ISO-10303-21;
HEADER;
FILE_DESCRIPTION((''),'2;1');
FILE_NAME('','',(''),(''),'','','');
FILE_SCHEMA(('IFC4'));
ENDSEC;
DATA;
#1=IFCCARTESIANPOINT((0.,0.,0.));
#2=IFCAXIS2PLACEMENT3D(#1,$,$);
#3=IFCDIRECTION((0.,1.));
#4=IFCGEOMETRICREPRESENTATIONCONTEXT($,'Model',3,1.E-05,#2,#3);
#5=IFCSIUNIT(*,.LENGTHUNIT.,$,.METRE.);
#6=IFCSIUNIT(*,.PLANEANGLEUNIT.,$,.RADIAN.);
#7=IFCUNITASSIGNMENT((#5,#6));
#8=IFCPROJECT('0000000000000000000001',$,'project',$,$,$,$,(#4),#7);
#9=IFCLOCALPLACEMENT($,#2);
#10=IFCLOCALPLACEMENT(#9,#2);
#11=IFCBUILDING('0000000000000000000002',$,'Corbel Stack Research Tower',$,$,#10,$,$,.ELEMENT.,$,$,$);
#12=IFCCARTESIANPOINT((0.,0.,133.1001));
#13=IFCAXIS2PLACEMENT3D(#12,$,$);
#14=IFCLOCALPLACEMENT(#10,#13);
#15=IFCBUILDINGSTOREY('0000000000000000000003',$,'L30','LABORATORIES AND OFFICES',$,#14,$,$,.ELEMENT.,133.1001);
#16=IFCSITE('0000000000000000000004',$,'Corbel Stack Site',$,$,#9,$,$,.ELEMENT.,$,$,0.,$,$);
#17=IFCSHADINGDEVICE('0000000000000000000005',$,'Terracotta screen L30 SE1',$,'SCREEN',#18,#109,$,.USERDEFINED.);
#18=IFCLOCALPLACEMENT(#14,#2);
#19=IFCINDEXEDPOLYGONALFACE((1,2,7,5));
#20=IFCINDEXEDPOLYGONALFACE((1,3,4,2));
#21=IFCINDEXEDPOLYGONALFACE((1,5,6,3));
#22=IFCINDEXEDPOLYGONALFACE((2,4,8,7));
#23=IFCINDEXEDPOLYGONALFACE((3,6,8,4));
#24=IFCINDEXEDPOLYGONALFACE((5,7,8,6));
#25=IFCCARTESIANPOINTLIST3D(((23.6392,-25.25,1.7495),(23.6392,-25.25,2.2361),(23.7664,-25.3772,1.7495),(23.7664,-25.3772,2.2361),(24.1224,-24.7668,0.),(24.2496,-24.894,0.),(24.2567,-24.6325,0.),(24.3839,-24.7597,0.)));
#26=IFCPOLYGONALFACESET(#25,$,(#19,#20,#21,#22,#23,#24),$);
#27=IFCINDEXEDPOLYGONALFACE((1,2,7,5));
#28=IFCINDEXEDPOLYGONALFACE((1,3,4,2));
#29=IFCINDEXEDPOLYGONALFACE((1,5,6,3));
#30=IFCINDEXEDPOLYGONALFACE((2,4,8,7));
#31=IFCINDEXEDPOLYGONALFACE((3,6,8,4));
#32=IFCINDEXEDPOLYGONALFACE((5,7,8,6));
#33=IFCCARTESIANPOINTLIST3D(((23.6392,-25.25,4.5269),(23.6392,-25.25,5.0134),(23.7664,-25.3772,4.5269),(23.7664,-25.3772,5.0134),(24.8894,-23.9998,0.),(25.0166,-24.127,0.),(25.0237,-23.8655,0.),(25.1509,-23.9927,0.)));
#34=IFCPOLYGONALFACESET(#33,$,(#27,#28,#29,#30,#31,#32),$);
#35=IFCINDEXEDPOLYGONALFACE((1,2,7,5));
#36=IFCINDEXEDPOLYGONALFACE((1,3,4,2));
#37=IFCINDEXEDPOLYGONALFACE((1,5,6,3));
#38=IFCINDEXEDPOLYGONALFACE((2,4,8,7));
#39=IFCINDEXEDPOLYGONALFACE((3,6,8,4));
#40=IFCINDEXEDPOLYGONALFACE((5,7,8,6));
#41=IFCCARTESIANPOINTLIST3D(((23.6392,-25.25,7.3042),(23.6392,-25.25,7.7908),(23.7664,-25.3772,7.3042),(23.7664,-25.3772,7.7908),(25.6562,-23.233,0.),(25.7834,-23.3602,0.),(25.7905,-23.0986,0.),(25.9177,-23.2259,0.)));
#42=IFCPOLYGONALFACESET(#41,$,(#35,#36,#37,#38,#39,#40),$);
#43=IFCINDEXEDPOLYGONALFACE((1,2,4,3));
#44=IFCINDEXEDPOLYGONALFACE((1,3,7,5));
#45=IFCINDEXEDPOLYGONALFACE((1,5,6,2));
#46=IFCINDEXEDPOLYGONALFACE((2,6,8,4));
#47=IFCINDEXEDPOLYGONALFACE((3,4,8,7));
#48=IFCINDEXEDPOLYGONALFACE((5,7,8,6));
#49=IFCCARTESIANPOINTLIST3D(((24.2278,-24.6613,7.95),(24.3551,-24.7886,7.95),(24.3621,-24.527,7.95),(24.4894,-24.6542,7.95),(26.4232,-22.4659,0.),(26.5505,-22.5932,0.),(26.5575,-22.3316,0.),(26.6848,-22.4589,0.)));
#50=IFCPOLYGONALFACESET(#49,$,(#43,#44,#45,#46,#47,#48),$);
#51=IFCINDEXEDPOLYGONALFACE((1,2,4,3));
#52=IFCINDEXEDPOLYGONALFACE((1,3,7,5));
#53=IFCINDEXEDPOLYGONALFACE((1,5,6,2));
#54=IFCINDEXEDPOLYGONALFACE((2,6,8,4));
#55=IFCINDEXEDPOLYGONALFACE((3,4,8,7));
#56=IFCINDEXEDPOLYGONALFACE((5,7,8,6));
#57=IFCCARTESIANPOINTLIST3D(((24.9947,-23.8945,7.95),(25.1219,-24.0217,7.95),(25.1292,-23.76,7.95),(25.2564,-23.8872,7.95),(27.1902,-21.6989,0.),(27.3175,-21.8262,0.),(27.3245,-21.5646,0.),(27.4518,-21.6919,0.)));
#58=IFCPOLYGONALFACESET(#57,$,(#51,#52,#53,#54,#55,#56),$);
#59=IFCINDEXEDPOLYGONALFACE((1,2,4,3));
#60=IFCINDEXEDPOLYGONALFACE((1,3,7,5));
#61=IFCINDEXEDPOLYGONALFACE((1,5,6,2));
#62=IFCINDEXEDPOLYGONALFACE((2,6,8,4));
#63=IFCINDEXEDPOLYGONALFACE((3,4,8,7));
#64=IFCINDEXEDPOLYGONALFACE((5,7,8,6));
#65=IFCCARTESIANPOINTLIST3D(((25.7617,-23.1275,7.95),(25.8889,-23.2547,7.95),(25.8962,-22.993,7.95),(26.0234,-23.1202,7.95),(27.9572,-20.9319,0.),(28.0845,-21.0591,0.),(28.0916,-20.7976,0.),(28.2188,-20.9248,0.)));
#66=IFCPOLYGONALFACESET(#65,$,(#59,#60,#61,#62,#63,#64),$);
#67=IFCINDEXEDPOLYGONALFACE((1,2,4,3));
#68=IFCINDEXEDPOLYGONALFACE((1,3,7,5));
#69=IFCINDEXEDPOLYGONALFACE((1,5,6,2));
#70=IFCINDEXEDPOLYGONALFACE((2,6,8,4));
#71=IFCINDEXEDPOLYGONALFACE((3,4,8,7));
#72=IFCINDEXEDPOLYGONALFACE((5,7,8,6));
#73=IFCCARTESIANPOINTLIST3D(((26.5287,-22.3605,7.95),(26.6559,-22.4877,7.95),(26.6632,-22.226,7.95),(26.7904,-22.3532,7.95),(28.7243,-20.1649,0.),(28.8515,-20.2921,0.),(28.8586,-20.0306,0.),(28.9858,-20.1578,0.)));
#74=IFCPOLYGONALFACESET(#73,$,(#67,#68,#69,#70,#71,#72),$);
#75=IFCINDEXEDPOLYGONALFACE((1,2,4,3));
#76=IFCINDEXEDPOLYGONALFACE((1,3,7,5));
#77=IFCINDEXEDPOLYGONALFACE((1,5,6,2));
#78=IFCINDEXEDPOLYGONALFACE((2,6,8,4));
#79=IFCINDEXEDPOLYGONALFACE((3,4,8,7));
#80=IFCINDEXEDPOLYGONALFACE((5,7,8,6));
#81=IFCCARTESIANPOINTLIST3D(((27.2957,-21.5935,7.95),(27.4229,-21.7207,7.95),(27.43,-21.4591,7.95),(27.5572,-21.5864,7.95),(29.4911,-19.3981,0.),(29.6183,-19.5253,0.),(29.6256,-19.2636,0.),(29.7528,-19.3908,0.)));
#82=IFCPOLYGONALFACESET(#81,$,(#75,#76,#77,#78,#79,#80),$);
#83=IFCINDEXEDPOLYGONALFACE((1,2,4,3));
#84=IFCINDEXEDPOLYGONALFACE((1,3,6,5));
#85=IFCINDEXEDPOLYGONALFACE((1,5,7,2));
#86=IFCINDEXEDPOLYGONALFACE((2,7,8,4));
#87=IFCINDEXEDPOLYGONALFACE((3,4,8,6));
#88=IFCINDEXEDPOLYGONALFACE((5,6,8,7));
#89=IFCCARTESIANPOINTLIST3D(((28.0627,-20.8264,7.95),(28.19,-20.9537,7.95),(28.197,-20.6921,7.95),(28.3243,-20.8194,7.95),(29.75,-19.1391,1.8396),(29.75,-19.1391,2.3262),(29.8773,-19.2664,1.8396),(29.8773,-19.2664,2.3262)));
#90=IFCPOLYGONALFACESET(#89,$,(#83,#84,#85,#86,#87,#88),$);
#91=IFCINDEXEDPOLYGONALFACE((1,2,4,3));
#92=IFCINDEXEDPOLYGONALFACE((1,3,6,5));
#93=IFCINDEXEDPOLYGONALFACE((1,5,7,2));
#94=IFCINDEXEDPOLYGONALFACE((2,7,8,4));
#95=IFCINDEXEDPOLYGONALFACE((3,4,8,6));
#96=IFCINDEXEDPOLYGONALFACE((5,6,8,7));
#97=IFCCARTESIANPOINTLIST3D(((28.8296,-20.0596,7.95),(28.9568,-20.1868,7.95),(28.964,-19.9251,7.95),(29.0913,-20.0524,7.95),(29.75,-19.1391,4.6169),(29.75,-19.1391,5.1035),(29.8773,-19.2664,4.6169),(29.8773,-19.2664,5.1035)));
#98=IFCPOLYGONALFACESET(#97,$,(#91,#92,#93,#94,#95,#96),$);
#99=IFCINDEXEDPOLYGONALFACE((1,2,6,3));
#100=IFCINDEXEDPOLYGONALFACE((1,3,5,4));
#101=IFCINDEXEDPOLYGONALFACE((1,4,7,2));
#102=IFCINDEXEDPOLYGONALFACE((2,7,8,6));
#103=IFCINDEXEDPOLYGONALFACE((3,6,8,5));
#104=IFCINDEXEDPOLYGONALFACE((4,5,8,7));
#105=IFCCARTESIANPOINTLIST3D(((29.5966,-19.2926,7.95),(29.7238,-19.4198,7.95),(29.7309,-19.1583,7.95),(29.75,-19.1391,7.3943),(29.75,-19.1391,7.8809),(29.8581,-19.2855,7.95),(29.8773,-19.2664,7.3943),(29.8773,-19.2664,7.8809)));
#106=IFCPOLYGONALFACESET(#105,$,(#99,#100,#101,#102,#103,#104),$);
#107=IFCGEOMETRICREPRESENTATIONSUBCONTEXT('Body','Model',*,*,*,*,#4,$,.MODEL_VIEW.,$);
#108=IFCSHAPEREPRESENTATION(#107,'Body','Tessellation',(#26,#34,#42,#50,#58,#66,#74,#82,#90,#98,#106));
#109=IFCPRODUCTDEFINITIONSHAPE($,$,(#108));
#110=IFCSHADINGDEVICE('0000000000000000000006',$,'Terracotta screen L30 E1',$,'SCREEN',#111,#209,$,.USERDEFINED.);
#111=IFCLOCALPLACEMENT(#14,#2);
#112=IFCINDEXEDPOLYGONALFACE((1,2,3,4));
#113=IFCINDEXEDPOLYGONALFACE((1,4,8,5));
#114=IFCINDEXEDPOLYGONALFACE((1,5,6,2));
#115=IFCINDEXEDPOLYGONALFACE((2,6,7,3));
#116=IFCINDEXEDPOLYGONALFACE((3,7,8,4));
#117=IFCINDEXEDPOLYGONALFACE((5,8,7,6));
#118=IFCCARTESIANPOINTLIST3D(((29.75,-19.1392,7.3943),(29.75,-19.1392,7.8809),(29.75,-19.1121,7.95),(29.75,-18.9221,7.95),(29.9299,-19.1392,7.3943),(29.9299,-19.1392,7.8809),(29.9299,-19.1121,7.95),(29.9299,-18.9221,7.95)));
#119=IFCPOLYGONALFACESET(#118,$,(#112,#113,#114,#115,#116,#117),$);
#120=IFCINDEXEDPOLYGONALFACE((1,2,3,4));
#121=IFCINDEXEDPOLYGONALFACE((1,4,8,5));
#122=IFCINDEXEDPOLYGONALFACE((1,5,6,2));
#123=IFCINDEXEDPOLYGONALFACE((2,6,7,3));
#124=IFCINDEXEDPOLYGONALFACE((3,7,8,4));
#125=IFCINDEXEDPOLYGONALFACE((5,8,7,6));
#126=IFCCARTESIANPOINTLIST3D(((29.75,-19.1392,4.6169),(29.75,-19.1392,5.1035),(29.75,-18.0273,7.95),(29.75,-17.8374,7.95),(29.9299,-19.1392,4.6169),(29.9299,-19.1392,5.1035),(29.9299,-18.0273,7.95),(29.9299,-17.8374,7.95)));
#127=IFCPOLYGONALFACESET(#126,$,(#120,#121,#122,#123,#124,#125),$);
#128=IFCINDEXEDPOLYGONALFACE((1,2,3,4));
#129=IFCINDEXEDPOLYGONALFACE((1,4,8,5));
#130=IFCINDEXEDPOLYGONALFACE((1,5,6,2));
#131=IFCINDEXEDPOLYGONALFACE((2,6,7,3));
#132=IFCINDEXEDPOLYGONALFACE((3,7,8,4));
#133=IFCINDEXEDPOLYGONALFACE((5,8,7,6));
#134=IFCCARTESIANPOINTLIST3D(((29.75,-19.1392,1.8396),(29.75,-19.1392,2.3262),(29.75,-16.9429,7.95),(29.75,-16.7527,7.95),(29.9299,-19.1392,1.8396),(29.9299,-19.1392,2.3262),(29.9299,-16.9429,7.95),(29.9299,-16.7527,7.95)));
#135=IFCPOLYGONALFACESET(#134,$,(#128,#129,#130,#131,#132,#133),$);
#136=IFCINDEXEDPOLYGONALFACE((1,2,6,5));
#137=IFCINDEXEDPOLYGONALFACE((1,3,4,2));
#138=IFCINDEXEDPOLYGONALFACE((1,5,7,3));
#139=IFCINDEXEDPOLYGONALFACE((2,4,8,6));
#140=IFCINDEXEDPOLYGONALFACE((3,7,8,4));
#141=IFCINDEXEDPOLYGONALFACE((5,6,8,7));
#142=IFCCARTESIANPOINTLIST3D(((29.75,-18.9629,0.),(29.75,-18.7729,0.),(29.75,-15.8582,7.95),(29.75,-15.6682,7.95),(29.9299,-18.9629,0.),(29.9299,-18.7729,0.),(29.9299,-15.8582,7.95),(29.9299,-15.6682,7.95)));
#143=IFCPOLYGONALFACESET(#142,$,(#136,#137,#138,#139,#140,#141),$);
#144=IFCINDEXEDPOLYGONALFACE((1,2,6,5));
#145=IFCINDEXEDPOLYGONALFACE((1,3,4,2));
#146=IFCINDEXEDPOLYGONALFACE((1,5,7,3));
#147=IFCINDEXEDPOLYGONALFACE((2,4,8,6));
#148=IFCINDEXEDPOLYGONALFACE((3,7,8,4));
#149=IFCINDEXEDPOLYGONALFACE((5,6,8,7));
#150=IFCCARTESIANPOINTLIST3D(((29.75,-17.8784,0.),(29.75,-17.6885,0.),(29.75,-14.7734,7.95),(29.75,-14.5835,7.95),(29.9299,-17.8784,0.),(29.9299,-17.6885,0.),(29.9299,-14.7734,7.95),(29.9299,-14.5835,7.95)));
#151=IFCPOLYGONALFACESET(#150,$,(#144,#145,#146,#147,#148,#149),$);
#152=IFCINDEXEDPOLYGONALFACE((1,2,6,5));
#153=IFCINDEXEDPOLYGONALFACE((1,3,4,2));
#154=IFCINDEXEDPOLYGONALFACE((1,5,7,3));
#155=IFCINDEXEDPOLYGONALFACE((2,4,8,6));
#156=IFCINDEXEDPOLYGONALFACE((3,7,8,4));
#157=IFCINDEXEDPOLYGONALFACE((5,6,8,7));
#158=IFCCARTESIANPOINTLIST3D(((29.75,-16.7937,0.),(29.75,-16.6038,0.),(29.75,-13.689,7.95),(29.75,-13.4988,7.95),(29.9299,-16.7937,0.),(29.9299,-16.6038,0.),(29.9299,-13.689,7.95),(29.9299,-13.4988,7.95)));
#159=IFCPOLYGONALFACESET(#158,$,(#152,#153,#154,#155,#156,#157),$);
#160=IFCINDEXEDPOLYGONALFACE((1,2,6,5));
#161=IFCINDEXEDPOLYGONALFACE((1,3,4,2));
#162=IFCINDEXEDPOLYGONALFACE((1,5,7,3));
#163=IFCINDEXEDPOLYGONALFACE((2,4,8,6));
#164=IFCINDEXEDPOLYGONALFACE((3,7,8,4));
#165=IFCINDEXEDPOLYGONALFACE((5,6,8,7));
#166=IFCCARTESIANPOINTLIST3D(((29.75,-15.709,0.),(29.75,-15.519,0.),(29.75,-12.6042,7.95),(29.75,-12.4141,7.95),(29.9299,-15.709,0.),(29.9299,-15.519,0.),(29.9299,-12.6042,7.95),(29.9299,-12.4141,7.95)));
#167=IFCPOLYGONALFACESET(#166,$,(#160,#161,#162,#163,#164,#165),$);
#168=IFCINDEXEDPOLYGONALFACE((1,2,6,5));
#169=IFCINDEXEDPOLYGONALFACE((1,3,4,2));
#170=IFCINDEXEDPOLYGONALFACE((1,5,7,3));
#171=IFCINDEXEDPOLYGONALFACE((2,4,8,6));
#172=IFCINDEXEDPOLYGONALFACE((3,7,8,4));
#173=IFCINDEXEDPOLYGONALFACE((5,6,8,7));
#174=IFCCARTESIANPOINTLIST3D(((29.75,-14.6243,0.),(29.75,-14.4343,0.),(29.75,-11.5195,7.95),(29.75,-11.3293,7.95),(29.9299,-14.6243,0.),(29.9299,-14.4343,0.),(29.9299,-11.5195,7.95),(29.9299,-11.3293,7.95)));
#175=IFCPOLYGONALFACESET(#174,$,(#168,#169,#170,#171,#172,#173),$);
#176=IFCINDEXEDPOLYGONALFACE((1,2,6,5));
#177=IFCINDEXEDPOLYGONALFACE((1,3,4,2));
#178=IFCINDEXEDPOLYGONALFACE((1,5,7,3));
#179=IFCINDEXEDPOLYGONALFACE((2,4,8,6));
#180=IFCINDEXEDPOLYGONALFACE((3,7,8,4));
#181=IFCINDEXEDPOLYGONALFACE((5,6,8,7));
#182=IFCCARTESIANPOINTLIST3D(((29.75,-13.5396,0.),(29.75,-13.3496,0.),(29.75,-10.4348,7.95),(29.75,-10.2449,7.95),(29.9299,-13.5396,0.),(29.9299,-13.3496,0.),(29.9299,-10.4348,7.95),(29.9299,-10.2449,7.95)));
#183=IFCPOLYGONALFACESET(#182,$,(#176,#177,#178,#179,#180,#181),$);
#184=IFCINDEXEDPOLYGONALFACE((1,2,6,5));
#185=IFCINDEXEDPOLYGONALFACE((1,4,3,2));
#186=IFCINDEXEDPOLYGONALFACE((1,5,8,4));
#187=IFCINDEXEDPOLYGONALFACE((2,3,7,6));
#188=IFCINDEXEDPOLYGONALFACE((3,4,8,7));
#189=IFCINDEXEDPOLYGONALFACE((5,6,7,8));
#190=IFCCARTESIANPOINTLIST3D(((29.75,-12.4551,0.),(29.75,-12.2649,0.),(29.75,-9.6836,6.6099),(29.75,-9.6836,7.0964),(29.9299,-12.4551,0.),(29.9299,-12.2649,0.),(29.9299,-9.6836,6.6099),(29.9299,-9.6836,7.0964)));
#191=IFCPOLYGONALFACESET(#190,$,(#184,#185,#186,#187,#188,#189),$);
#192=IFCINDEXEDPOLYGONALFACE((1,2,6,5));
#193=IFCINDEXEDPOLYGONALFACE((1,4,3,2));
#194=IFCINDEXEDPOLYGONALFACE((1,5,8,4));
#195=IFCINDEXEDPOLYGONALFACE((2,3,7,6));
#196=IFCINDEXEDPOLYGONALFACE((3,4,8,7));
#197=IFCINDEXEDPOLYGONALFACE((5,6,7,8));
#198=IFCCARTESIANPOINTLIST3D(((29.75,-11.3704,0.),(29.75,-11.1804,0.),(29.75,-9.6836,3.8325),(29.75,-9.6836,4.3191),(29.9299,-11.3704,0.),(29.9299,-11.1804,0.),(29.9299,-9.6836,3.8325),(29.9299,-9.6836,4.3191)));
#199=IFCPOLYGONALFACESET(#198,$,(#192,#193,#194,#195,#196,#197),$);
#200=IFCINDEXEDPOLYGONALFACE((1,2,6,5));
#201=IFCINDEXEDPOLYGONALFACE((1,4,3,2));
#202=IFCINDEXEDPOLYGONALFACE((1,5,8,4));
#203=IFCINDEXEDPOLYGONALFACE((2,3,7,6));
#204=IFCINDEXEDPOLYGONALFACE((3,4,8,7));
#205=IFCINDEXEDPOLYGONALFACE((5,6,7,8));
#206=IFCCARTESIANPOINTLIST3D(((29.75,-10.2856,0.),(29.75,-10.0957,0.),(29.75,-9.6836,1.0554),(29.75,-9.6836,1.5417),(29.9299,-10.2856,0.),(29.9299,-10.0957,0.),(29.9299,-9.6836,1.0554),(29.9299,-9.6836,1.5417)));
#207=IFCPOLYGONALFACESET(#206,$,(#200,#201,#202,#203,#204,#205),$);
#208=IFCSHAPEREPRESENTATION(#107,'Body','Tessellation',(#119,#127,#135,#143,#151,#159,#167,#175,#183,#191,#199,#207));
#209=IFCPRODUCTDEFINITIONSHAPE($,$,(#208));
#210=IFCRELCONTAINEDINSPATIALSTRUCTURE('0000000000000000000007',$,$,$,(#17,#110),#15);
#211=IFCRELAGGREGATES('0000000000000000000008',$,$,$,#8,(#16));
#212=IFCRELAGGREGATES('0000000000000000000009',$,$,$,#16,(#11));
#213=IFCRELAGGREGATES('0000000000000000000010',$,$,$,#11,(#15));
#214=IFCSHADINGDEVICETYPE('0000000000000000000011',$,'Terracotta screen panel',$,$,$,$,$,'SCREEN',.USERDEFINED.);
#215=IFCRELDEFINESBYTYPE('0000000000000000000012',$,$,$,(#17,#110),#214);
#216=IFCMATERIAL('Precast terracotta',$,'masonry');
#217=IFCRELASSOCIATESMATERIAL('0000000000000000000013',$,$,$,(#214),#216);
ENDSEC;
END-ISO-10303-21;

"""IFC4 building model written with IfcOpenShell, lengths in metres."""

from ifc_helpers import new_model, si_unit, direction, frame, origin, place, context, subcontext, project, spatial, polyline, outline, extrude, source, transform, mapped, material, type_object, element, save


model = new_model("IFC4")

# Units and contexts
model_context = context("Model", 3, precision=1e-05, world=origin(), true_north=direction((0.0, 1.0)))
body_context = subcontext(model_context, "Body", "Model", "MODEL_VIEW")
ifc_project = project(units=[si_unit("LENGTHUNIT", "METRE"), si_unit("PLANEANGLEUNIT", "RADIAN")], contexts=[model_context])

# Site, building, storey
site_placement = place(None, origin())
site = spatial("IfcSite", under=ifc_project, at=site_placement, Name="Corbel Stack Site", CompositionType="ELEMENT", RefElevation=0.0)
building_placement = place(site_placement, origin())
building = spatial("IfcBuilding", under=site, at=building_placement, Name="Corbel Stack Research Tower", CompositionType="ELEMENT")
storey_placement = place(building_placement, frame((0.0, 0.0, 133.1001)))
storey = spatial("IfcBuildingStorey", under=building, at=storey_placement, Name="L30", Description="LABORATORIES AND OFFICES", CompositionType="ELEMENT", Elevation=133.1001)

# Shading devices
ifc_material_1 = material(Name="Precast terracotta", Category="masonry")
shading_device_type = type_object("IfcShadingDeviceType", Name="Terracotta screen panel", ElementType="SCREEN", PredefinedType="USERDEFINED", material=ifc_material_1)
shared_shape_1 = source(origin(), body_context, "Body", "SweptSolid", [
    extrude(outline(polyline([(0.8733, 0.0), (0.0, 2.2361), (0.0, 1.7495), (0.6833, 0.0), (0.8733, 0.0)])), frame((0.0, 0.0, 0.0), z_axis=(0.0, -1.0, 0.0), x_axis=(1.0, 0.0, 0.0)), (0.0, 0.0, 1.0), 0.1799),
    extrude(outline(polyline([(1.958, 0.0), (0.0, 5.0134), (0.0, 4.5269), (1.7681, 0.0), (1.958, 0.0)])), frame((0.0, 0.0, 0.0), z_axis=(0.0, -1.0, 0.0), x_axis=(1.0, 0.0, 0.0)), (0.0, 0.0, 1.0), 0.1799),
    extrude(outline(polyline([(3.0425, 0.0), (0.0, 7.7908), (0.0, 7.3042), (2.8525, 0.0), (3.0425, 0.0)])), frame((0.0, 0.0, 0.0), z_axis=(0.0, -1.0, 0.0), x_axis=(1.0, 0.0, 0.0)), (0.0, 0.0, 1.0), 0.1799),
    extrude(outline(polyline([(4.1272, 0.0), (1.0225, 7.95), (0.8325, 7.95), (3.9373, 0.0), (4.1272, 0.0)])), frame((0.0, 0.0, 0.0), z_axis=(0.0, -1.0, 0.0), x_axis=(1.0, 0.0, 0.0)), (0.0, 0.0, 1.0), 0.1799),
    extrude(outline(polyline([(5.2119, 0.0), (2.1072, 7.95), (1.917, 7.95), (5.022, 0.0), (5.2119, 0.0)])), frame((0.0, 0.0, 0.0), z_axis=(0.0, -1.0, 0.0), x_axis=(1.0, 0.0, 0.0)), (0.0, 0.0, 1.0), 0.1799),
    extrude(outline(polyline([(6.2966, 0.0), (3.1919, 7.95), (3.0017, 7.95), (6.1067, 0.0), (6.2966, 0.0)])), frame((0.0, 0.0, 0.0), z_axis=(0.0, -1.0, 0.0), x_axis=(1.0, 0.0, 0.0)), (0.0, 0.0, 1.0), 0.1799),
    extrude(outline(polyline([(7.3813, 0.0), (4.2766, 7.95), (4.0864, 7.95), (7.1914, 0.0), (7.3813, 0.0)])), frame((0.0, 0.0, 0.0), z_axis=(0.0, -1.0, 0.0), x_axis=(1.0, 0.0, 0.0)), (0.0, 0.0, 1.0), 0.1799),
    extrude(outline(polyline([(8.4661, 0.0), (5.3611, 7.95), (5.1711, 7.95), (8.2759, 0.0), (8.4661, 0.0)])), frame((0.0, 0.0, 0.0), z_axis=(0.0, -1.0, 0.0), x_axis=(1.0, 0.0, 0.0)), (0.0, 0.0, 1.0), 0.1799),
    extrude(outline(polyline([(6.4458, 7.95), (6.2559, 7.95), (8.6421, 1.8396), (8.6421, 2.3262), (6.4458, 7.95)])), frame((0.0, 0.0, 0.0), z_axis=(0.0, -1.0, 0.0), x_axis=(1.0, 0.0, 0.0)), (0.0, 0.0, 1.0), 0.1799),
    extrude(outline(polyline([(7.5305, 7.95), (7.3403, 7.95), (8.6421, 4.6169), (8.6421, 5.1035), (7.5305, 7.95)])), frame((0.0, 0.0, 0.0), z_axis=(0.0, -1.0, 0.0), x_axis=(1.0, 0.0, 0.0)), (0.0, 0.0, 1.0), 0.1799),
    extrude(outline(polyline([(8.615, 7.95), (8.425, 7.95), (8.6421, 7.3943), (8.6421, 7.8809), (8.615, 7.95)])), frame((0.0, 0.0, 0.0), z_axis=(0.0, -1.0, 0.0), x_axis=(1.0, 0.0, 0.0)), (0.0, 0.0, 1.0), 0.1799),
])
shading_device_1_placement = place(storey_placement, frame((23.6392, -25.25, 0.0), z_axis=(0.0, 0.0, 1.0), x_axis=(0.707107, 0.707107, 0.0)))
element("IfcShadingDevice", 1, at=shading_device_1_placement, inside=storey, type_object=shading_device_type, Name="Terracotta screen L30 SE1", ObjectType="SCREEN", PredefinedType="USERDEFINED", context=body_context, shape_type="MappedRepresentation", body=[
    mapped(shared_shape_1, transform((0.0, 0.0, 0.0))),
])
shared_shape_2 = source(origin(), body_context, "Body", "SweptSolid", [
    extrude(outline(polyline([(0.217, 7.95), (0.0271, 7.95), (0.0, 7.8809), (0.0, 7.3943), (0.217, 7.95)])), frame((0.0, 0.0, 0.0), z_axis=(0.0, -1.0, 0.0), x_axis=(1.0, 0.0, 0.0)), (0.0, 0.0, 1.0), 0.1799),
    extrude(outline(polyline([(1.3018, 7.95), (1.1118, 7.95), (0.0, 5.1035), (0.0, 4.6169), (1.3018, 7.95)])), frame((0.0, 0.0, 0.0), z_axis=(0.0, -1.0, 0.0), x_axis=(1.0, 0.0, 0.0)), (0.0, 0.0, 1.0), 0.1799),
    extrude(outline(polyline([(2.3865, 7.95), (2.1963, 7.95), (0.0, 2.3262), (0.0, 1.8396), (2.3865, 7.95)])), frame((0.0, 0.0, 0.0), z_axis=(0.0, -1.0, 0.0), x_axis=(1.0, 0.0, 0.0)), (0.0, 0.0, 1.0), 0.1799),
    extrude(outline(polyline([(0.3662, 0.0), (3.4709, 7.95), (3.281, 7.95), (0.1763, 0.0), (0.3662, 0.0)])), frame((0.0, 0.0, 0.0), z_axis=(0.0, -1.0, 0.0), x_axis=(1.0, 0.0, 0.0)), (0.0, 0.0, 1.0), 0.1799),
    extrude(outline(polyline([(1.4507, 0.0), (4.5557, 7.95), (4.3657, 7.95), (1.2607, 0.0), (1.4507, 0.0)])), frame((0.0, 0.0, 0.0), z_axis=(0.0, -1.0, 0.0), x_axis=(1.0, 0.0, 0.0)), (0.0, 0.0, 1.0), 0.1799),
    extrude(outline(polyline([(2.5354, 0.0), (5.6404, 7.95), (5.4502, 7.95), (2.3455, 0.0), (2.5354, 0.0)])), frame((0.0, 0.0, 0.0), z_axis=(0.0, -1.0, 0.0), x_axis=(1.0, 0.0, 0.0)), (0.0, 0.0, 1.0), 0.1799),
    extrude(outline(polyline([(3.6201, 0.0), (6.7251, 7.95), (6.5349, 7.95), (3.4302, 0.0), (3.6201, 0.0)])), frame((0.0, 0.0, 0.0), z_axis=(0.0, -1.0, 0.0), x_axis=(1.0, 0.0, 0.0)), (0.0, 0.0, 1.0), 0.1799),
    extrude(outline(polyline([(4.7048, 0.0), (7.8098, 7.95), (7.6196, 7.95), (4.5149, 0.0), (4.7048, 0.0)])), frame((0.0, 0.0, 0.0), z_axis=(0.0, -1.0, 0.0), x_axis=(1.0, 0.0, 0.0)), (0.0, 0.0, 1.0), 0.1799),
    extrude(outline(polyline([(5.7896, 0.0), (8.8943, 7.95), (8.7043, 7.95), (5.5996, 0.0), (5.7896, 0.0)])), frame((0.0, 0.0, 0.0), z_axis=(0.0, -1.0, 0.0), x_axis=(1.0, 0.0, 0.0)), (0.0, 0.0, 1.0), 0.1799),
    extrude(outline(polyline([(6.8743, 0.0), (9.4556, 6.6099), (9.4556, 7.0964), (6.6841, 0.0), (6.8743, 0.0)])), frame((0.0, 0.0, 0.0), z_axis=(0.0, -1.0, 0.0), x_axis=(1.0, 0.0, 0.0)), (0.0, 0.0, 1.0), 0.1799),
    extrude(outline(polyline([(7.9587, 0.0), (9.4556, 3.8325), (9.4556, 4.3191), (7.7688, 0.0), (7.9587, 0.0)])), frame((0.0, 0.0, 0.0), z_axis=(0.0, -1.0, 0.0), x_axis=(1.0, 0.0, 0.0)), (0.0, 0.0, 1.0), 0.1799),
    extrude(outline(polyline([(9.0435, 0.0), (9.4556, 1.0554), (9.4556, 1.5417), (8.8535, 0.0), (9.0435, 0.0)])), frame((0.0, 0.0, 0.0), z_axis=(0.0, -1.0, 0.0), x_axis=(1.0, 0.0, 0.0)), (0.0, 0.0, 1.0), 0.1799),
])
shading_device_2_placement = place(storey_placement, frame((29.75, -19.1392, 0.0), z_axis=(0.0, 0.0, 1.0), x_axis=(0.0, 1.0, 0.0)))
element("IfcShadingDevice", 2, at=shading_device_2_placement, inside=storey, type_object=shading_device_type, Name="Terracotta screen L30 E1", ObjectType="SCREEN", PredefinedType="USERDEFINED", context=body_context, shape_type="MappedRepresentation", body=[
    mapped(shared_shape_2, transform((0.0, 0.0, 0.0))),
])

save(model, "model.ifc")
